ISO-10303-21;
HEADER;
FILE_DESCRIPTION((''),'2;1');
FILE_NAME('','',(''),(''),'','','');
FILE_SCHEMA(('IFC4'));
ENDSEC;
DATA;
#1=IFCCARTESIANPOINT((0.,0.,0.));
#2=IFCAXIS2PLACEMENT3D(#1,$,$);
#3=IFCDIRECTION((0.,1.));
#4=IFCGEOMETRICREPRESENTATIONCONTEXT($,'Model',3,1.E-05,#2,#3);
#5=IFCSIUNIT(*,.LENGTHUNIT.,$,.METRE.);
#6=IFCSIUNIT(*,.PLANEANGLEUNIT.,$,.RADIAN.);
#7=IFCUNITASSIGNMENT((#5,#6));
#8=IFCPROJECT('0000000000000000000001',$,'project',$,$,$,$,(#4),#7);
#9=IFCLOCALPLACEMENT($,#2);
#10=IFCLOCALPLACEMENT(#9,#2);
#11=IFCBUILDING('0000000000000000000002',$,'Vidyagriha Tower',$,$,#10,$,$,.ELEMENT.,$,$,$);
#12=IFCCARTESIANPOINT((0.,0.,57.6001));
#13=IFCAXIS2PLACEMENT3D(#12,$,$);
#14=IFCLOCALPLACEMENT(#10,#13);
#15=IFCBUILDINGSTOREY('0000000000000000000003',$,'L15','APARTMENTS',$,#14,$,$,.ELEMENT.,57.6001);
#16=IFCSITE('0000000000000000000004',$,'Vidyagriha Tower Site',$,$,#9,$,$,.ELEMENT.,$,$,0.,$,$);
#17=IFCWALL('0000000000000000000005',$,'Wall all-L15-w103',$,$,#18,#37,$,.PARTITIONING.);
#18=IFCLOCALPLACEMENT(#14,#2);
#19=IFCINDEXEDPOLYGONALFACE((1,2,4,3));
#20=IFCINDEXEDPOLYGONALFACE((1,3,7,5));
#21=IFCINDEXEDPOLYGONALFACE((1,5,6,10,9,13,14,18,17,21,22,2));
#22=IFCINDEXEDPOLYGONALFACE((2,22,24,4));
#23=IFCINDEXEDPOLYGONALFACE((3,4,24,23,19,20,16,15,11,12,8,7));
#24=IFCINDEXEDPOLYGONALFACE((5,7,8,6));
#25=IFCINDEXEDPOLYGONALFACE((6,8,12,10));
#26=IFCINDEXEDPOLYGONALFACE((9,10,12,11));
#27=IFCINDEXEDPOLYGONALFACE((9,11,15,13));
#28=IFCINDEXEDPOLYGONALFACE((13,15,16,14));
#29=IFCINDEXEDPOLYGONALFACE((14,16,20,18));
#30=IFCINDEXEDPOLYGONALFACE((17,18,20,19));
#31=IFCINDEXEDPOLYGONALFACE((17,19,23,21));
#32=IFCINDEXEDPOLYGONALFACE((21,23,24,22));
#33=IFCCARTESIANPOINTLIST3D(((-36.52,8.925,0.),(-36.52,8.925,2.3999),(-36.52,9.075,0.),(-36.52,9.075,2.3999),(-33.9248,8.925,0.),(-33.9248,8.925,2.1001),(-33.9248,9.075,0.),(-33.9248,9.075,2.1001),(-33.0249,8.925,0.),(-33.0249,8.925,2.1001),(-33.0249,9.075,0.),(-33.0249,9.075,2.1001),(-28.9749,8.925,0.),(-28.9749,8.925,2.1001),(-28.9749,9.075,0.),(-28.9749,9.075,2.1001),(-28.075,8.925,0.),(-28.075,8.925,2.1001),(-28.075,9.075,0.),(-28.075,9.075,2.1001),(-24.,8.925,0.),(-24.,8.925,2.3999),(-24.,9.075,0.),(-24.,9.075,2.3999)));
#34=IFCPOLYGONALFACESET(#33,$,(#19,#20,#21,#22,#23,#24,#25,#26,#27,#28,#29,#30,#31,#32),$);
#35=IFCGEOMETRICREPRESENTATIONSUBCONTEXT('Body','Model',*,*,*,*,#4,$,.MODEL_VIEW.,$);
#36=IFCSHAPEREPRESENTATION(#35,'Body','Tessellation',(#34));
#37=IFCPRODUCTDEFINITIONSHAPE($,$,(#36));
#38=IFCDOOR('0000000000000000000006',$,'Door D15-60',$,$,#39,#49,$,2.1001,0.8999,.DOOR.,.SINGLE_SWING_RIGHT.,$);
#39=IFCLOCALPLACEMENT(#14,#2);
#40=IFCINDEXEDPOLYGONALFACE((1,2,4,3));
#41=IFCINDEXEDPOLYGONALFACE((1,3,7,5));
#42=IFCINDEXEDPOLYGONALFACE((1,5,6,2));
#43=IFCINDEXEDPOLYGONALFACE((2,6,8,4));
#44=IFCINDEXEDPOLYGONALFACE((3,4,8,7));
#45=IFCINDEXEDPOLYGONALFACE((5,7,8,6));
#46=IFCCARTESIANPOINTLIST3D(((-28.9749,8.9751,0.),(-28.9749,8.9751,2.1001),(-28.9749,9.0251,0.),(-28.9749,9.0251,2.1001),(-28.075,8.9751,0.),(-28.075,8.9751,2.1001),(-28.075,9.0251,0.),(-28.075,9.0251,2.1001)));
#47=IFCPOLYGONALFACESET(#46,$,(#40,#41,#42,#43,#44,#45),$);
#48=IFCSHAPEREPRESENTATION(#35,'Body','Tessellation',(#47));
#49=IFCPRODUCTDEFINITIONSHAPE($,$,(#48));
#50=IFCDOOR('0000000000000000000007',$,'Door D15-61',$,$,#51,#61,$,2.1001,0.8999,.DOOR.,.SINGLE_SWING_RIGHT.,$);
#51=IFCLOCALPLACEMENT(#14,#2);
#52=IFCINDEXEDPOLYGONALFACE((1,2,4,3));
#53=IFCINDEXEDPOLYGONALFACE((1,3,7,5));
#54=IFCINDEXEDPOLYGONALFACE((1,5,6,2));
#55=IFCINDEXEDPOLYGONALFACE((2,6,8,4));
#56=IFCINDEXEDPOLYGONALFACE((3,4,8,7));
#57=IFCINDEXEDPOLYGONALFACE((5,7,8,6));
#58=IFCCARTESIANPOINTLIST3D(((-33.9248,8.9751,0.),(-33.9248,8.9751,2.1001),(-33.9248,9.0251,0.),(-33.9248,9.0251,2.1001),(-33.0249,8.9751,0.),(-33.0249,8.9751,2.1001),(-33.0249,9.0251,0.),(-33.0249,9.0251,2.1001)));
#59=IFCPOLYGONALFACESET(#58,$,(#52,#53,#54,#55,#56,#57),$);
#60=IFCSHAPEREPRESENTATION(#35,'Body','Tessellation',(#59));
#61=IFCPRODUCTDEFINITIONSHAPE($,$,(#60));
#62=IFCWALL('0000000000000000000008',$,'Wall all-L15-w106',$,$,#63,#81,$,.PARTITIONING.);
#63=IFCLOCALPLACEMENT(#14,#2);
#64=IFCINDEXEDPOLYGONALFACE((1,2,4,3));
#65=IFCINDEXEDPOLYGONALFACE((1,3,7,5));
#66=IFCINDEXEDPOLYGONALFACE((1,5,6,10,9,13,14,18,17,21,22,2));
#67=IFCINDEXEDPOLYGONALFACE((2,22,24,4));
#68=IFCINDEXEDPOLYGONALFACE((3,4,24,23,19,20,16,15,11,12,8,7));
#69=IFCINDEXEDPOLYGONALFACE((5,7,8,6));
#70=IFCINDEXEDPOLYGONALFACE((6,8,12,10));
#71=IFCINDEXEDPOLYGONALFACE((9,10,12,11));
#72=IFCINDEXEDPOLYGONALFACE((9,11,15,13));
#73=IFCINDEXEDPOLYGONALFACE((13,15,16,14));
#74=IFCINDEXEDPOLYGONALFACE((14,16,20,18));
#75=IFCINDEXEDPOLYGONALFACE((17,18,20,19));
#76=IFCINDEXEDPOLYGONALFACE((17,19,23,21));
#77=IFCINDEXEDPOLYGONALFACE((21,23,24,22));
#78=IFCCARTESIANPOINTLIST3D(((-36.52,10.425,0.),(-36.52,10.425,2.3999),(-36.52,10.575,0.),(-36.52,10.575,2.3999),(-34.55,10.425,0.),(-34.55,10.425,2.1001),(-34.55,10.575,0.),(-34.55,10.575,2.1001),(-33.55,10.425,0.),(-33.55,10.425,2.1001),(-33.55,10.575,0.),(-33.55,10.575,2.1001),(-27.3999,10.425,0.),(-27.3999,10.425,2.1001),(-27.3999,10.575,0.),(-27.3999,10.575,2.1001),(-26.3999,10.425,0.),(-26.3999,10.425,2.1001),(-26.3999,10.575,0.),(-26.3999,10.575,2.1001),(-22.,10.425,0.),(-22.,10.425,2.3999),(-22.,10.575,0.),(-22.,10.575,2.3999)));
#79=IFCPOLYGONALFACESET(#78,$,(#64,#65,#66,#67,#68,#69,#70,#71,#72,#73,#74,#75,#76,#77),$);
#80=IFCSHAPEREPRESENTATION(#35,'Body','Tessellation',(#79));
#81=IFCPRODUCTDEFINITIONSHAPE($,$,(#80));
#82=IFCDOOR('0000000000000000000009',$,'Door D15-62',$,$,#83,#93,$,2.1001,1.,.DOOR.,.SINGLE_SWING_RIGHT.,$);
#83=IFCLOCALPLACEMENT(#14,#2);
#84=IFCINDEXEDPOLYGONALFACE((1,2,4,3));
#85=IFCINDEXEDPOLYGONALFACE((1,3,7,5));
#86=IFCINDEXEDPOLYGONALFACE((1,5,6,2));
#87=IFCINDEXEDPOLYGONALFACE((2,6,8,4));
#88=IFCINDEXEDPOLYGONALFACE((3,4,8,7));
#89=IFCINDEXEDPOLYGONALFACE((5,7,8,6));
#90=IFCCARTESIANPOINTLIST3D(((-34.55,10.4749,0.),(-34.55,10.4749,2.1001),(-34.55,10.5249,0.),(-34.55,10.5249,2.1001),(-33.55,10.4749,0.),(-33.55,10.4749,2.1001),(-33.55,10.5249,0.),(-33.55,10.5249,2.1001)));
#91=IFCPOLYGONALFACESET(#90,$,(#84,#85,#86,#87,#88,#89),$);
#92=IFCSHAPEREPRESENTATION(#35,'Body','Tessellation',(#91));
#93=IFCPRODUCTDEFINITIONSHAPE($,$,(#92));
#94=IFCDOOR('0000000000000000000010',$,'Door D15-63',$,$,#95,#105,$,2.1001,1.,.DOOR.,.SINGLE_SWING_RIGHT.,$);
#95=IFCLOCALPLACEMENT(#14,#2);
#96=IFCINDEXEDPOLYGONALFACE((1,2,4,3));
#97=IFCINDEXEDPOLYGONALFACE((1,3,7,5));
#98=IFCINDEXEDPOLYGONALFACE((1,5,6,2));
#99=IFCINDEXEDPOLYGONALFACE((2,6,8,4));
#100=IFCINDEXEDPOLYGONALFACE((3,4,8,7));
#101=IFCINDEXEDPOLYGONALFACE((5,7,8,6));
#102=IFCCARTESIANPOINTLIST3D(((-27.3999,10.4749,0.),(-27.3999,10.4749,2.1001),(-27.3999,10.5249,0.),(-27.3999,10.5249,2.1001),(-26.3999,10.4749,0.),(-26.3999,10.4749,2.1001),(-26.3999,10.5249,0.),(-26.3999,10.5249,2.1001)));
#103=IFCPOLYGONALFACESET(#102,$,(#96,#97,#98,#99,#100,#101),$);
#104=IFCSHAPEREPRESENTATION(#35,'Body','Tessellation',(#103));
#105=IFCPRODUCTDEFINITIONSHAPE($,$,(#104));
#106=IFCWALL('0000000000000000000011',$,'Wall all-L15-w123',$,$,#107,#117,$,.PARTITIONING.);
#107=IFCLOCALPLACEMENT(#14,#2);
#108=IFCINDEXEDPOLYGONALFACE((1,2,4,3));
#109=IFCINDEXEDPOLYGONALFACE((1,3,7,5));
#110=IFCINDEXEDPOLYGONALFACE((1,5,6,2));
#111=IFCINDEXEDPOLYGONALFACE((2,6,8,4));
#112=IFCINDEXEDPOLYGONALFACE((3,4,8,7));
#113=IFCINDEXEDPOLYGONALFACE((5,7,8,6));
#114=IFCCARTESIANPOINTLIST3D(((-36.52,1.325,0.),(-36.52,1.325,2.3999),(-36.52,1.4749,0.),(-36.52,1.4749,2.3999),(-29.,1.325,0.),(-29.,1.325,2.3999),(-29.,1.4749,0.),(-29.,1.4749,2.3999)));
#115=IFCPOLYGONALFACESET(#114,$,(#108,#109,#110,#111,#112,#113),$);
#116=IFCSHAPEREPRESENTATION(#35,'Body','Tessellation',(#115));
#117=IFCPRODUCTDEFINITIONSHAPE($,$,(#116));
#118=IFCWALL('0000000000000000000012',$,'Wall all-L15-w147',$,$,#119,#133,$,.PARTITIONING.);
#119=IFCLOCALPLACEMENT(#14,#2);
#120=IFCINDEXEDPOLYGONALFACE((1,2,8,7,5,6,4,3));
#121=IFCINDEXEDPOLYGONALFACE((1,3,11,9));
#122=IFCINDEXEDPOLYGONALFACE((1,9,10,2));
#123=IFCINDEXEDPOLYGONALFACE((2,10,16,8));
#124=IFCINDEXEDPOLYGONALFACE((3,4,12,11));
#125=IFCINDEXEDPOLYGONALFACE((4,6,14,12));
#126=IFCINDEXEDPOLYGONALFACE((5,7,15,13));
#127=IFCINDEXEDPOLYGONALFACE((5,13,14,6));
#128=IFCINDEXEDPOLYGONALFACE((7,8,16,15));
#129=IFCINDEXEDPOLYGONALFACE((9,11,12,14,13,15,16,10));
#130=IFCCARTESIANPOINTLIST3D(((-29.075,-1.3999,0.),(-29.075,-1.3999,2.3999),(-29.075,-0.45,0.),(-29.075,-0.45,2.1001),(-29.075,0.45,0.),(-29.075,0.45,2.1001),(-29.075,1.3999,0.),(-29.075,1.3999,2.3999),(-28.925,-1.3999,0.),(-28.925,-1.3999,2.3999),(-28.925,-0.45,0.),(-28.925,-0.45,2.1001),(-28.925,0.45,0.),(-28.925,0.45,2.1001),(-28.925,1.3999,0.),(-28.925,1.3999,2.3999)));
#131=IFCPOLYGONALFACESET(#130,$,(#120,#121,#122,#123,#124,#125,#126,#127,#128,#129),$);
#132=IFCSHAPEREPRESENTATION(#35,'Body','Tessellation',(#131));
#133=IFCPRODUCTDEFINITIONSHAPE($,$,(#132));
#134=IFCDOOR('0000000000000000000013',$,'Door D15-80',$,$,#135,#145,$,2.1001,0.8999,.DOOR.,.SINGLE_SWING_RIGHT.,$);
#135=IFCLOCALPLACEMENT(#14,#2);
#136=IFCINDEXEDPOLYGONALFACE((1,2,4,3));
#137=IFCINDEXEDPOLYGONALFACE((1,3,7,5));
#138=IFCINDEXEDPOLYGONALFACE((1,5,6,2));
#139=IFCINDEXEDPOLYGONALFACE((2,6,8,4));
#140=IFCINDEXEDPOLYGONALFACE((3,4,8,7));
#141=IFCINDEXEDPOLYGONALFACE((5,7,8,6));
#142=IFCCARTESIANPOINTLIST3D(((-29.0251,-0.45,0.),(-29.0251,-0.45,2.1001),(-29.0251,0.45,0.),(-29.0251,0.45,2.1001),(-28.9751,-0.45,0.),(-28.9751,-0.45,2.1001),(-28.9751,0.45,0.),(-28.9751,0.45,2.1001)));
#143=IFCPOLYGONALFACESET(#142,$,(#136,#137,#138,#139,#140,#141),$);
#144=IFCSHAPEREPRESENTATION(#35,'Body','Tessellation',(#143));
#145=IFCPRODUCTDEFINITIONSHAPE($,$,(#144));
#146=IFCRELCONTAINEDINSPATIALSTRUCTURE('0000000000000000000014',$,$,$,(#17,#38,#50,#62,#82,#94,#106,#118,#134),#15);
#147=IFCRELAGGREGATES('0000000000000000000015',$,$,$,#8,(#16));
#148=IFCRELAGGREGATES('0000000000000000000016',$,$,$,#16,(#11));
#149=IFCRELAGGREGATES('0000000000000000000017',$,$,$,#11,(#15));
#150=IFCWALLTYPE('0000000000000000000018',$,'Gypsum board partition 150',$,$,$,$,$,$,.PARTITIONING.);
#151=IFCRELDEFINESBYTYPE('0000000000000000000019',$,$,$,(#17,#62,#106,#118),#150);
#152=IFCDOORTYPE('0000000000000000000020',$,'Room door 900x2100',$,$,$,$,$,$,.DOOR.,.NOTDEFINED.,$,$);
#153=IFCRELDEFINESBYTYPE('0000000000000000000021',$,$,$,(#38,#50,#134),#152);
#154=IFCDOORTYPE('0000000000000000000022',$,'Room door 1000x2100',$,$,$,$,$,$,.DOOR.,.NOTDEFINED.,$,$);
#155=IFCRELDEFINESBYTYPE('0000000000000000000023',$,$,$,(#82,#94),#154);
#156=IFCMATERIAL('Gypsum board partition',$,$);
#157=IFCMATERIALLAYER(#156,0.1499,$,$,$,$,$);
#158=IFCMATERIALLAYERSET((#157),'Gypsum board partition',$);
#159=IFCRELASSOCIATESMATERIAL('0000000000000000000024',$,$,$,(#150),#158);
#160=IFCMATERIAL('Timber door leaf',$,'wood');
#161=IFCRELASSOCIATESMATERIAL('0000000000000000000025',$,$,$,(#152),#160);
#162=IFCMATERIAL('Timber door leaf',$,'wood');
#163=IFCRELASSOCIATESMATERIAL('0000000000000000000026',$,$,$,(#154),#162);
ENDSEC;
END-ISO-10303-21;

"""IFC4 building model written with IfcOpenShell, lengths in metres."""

from ifc_helpers import new_model, si_unit, direction, frame, frame_2d, origin, place, context, subcontext, project, spatial, rectangle, extrude, material, layer, layer_set, type_object, element, fill, save


model = new_model("IFC4")

# Units and contexts
model_context = context("Model", 3, precision=1e-05, world=origin(), true_north=direction((0.0, 1.0)))
body_context = subcontext(model_context, "Body", "Model", "MODEL_VIEW")
ifc_project = project(units=[si_unit("LENGTHUNIT", "METRE"), si_unit("PLANEANGLEUNIT", "RADIAN")], contexts=[model_context])

# Site, building, storey
site_placement = place(None, origin())
site = spatial("IfcSite", under=ifc_project, at=site_placement, Name="Vidyagriha Tower Site", CompositionType="ELEMENT", RefElevation=0.0)
building_placement = place(site_placement, origin())
building = spatial("IfcBuilding", under=site, at=building_placement, Name="Vidyagriha Tower", CompositionType="ELEMENT")
storey_placement = place(building_placement, frame((0.0, 0.0, 57.6001)))
storey = spatial("IfcBuildingStorey", under=building, at=storey_placement, Name="L15", Description="APARTMENTS", CompositionType="ELEMENT", Elevation=57.6001)

# Shared definitions
ifc_material_1 = material(Name="Gypsum board partition")
ifc_layer_1 = layer(ifc_material_1, 0.1499)
ifc_layer_set_1 = layer_set([ifc_layer_1], Name="Gypsum board partition")
wall_type_1 = type_object("IfcWallType", Name="Gypsum board partition 150", PredefinedType="PARTITIONING", material=ifc_layer_set_1)

# Walls, openings, doors
wall_1_placement = place(storey_placement, frame((-24.0, 9.0, 0.0), z_axis=(0.0, 0.0, 1.0), x_axis=(-1.0, 0.0, 0.0)))
wall_1 = element("IfcWall", 1, at=wall_1_placement, inside=storey, type_object=wall_type_1, Name="Wall all-L15-w103", PredefinedType="PARTITIONING", context=body_context, shape_type="SweptSolid", body=[
    extrude(rectangle(XDim=12.52, YDim=0.1499, at=frame_2d((6.26, 0.0))), origin(), (0.0, 0.0, 1.0), 2.3999),
])
opening_1_placement = place(wall_1_placement, frame((4.075, 0.0, 0.0)))
opening_1 = element("IfcOpeningElement", 2, at=opening_1_placement, cuts=wall_1, PredefinedType="OPENING", context=body_context, shape_type="SweptSolid", body=[
    extrude(rectangle(XDim=0.8999, YDim=2.1001, at=frame_2d((0.45, 1.05))), frame((0.0, 0.085, 0.0), z_axis=(0.0, -1.0, 0.0), x_axis=(1.0, 0.0, 0.0)), (0.0, 0.0, 1.0), 0.1699),
])
opening_2_placement = place(wall_1_placement, frame((9.0249, 0.0, 0.0)))
opening_2 = element("IfcOpeningElement", 3, at=opening_2_placement, cuts=wall_1, PredefinedType="OPENING", context=body_context, shape_type="SweptSolid", body=[
    extrude(rectangle(XDim=0.8999, YDim=2.1001, at=frame_2d((0.45, 1.05))), frame((0.0, 0.085, 0.0), z_axis=(0.0, -1.0, 0.0), x_axis=(1.0, 0.0, 0.0)), (0.0, 0.0, 1.0), 0.1699),
])
ifc_material_2 = material(Name="Timber door leaf", Category="wood")
door_type_1 = type_object("IfcDoorType", Name="Room door 900x2100", OperationType="NOTDEFINED", PredefinedType="DOOR", material=ifc_material_2)
door_1_placement = place(opening_1_placement, origin())
door_1 = element("IfcDoor", 4, at=door_1_placement, inside=storey, type_object=door_type_1, Name="Door D15-60", OperationType="SINGLE_SWING_RIGHT", OverallHeight=2.1001, OverallWidth=0.8999, PredefinedType="DOOR", context=body_context, shape_type="SweptSolid", body=[
    extrude(rectangle(XDim=0.8999, YDim=2.1001, at=frame_2d((0.45, 1.05))), frame((0.0, 0.0249, 0.0), z_axis=(0.0, -1.0, 0.0), x_axis=(1.0, 0.0, 0.0)), (0.0, 0.0, 1.0), 0.05),
])
fill(opening_1, door_1)
door_2_placement = place(opening_2_placement, origin())
door_2 = element("IfcDoor", 5, at=door_2_placement, inside=storey, type_object=door_type_1, Name="Door D15-61", OperationType="SINGLE_SWING_RIGHT", OverallHeight=2.1001, OverallWidth=0.8999, PredefinedType="DOOR", context=body_context, shape_type="SweptSolid", body=[
    extrude(rectangle(XDim=0.8999, YDim=2.1001, at=frame_2d((0.45, 1.05))), frame((0.0, 0.0249, 0.0), z_axis=(0.0, -1.0, 0.0), x_axis=(1.0, 0.0, 0.0)), (0.0, 0.0, 1.0), 0.05),
])
fill(opening_2, door_2)
wall_2_placement = place(storey_placement, frame((-36.52, 10.5, 0.0)))
wall_2 = element("IfcWall", 6, at=wall_2_placement, inside=storey, type_object=wall_type_1, Name="Wall all-L15-w106", PredefinedType="PARTITIONING", context=body_context, shape_type="SweptSolid", body=[
    extrude(rectangle(XDim=14.52, YDim=0.1499, at=frame_2d((7.26, 0.0))), origin(), (0.0, 0.0, 1.0), 2.3999),
])
opening_3_placement = place(wall_2_placement, frame((1.97, 0.0, 0.0)))
opening_3 = element("IfcOpeningElement", 7, at=opening_3_placement, cuts=wall_2, PredefinedType="OPENING", context=body_context, shape_type="SweptSolid", body=[
    extrude(rectangle(XDim=1.0, YDim=2.1001, at=frame_2d((0.5, 1.05))), frame((0.0, 0.085, 0.0), z_axis=(0.0, -1.0, 0.0), x_axis=(1.0, 0.0, 0.0)), (0.0, 0.0, 1.0), 0.1699),
])
opening_4_placement = place(wall_2_placement, frame((9.1201, 0.0, 0.0)))
opening_4 = element("IfcOpeningElement", 8, at=opening_4_placement, cuts=wall_2, PredefinedType="OPENING", context=body_context, shape_type="SweptSolid", body=[
    extrude(rectangle(XDim=1.0, YDim=2.1001, at=frame_2d((0.5, 1.05))), frame((0.0, 0.085, 0.0), z_axis=(0.0, -1.0, 0.0), x_axis=(1.0, 0.0, 0.0)), (0.0, 0.0, 1.0), 0.1699),
])
ifc_material_3 = material(Name="Timber door leaf", Category="wood")
door_type_2 = type_object("IfcDoorType", Name="Room door 1000x2100", OperationType="NOTDEFINED", PredefinedType="DOOR", material=ifc_material_3)
door_3_placement = place(opening_3_placement, origin())
door_3 = element("IfcDoor", 9, at=door_3_placement, inside=storey, type_object=door_type_2, Name="Door D15-62", OperationType="SINGLE_SWING_RIGHT", OverallHeight=2.1001, OverallWidth=1.0, PredefinedType="DOOR", context=body_context, shape_type="SweptSolid", body=[
    extrude(rectangle(XDim=1.0, YDim=2.1001, at=frame_2d((0.5, 1.05))), frame((0.0, 0.0249, 0.0), z_axis=(0.0, -1.0, 0.0), x_axis=(1.0, 0.0, 0.0)), (0.0, 0.0, 1.0), 0.05),
])
fill(opening_3, door_3)
door_4_placement = place(opening_4_placement, origin())
door_4 = element("IfcDoor", 10, at=door_4_placement, inside=storey, type_object=door_type_2, Name="Door D15-63", OperationType="SINGLE_SWING_RIGHT", OverallHeight=2.1001, OverallWidth=1.0, PredefinedType="DOOR", context=body_context, shape_type="SweptSolid", body=[
    extrude(rectangle(XDim=1.0, YDim=2.1001, at=frame_2d((0.5, 1.05))), frame((0.0, 0.0249, 0.0), z_axis=(0.0, -1.0, 0.0), x_axis=(1.0, 0.0, 0.0)), (0.0, 0.0, 1.0), 0.05),
])
fill(opening_4, door_4)

# Wall
wall_3_placement = place(storey_placement, frame((-36.52, 1.3999, 0.0)))
element("IfcWall", 11, at=wall_3_placement, inside=storey, type_object=wall_type_1, Name="Wall all-L15-w123", PredefinedType="PARTITIONING", context=body_context, shape_type="SweptSolid", body=[
    extrude(rectangle(XDim=7.52, YDim=0.1499, at=frame_2d((3.76, 0.0))), origin(), (0.0, 0.0, 1.0), 2.3999),
])

# Wall, opening, door
wall_4_placement = place(storey_placement, frame((-29.0, 1.3999, 0.0), z_axis=(0.0, 0.0, 1.0), x_axis=(0.0, -1.0, 0.0)))
wall_4 = element("IfcWall", 12, at=wall_4_placement, inside=storey, type_object=wall_type_1, Name="Wall all-L15-w147", PredefinedType="PARTITIONING", context=body_context, shape_type="SweptSolid", body=[
    extrude(rectangle(XDim=2.7998, YDim=0.1499, at=frame_2d((1.3999, 0.0))), origin(), (0.0, 0.0, 1.0), 2.3999),
])
opening_5_placement = place(wall_4_placement, frame((0.95, 0.0, 0.0)))
opening_5 = element("IfcOpeningElement", 13, at=opening_5_placement, cuts=wall_4, PredefinedType="OPENING", context=body_context, shape_type="SweptSolid", body=[
    extrude(rectangle(XDim=0.8999, YDim=2.1001, at=frame_2d((0.45, 1.05))), frame((0.0, 0.085, 0.0), z_axis=(0.0, -1.0, 0.0), x_axis=(1.0, 0.0, 0.0)), (0.0, 0.0, 1.0), 0.1699),
])
door_5_placement = place(opening_5_placement, origin())
door_5 = element("IfcDoor", 14, at=door_5_placement, inside=storey, type_object=door_type_1, Name="Door D15-80", OperationType="SINGLE_SWING_RIGHT", OverallHeight=2.1001, OverallWidth=0.8999, PredefinedType="DOOR", context=body_context, shape_type="SweptSolid", body=[
    extrude(rectangle(XDim=0.8999, YDim=2.1001, at=frame_2d((0.45, 1.05))), frame((0.0, 0.0249, 0.0), z_axis=(0.0, -1.0, 0.0), x_axis=(1.0, 0.0, 0.0)), (0.0, 0.0, 1.0), 0.05),
])
fill(opening_5, door_5)

save(model, "model.ifc")
